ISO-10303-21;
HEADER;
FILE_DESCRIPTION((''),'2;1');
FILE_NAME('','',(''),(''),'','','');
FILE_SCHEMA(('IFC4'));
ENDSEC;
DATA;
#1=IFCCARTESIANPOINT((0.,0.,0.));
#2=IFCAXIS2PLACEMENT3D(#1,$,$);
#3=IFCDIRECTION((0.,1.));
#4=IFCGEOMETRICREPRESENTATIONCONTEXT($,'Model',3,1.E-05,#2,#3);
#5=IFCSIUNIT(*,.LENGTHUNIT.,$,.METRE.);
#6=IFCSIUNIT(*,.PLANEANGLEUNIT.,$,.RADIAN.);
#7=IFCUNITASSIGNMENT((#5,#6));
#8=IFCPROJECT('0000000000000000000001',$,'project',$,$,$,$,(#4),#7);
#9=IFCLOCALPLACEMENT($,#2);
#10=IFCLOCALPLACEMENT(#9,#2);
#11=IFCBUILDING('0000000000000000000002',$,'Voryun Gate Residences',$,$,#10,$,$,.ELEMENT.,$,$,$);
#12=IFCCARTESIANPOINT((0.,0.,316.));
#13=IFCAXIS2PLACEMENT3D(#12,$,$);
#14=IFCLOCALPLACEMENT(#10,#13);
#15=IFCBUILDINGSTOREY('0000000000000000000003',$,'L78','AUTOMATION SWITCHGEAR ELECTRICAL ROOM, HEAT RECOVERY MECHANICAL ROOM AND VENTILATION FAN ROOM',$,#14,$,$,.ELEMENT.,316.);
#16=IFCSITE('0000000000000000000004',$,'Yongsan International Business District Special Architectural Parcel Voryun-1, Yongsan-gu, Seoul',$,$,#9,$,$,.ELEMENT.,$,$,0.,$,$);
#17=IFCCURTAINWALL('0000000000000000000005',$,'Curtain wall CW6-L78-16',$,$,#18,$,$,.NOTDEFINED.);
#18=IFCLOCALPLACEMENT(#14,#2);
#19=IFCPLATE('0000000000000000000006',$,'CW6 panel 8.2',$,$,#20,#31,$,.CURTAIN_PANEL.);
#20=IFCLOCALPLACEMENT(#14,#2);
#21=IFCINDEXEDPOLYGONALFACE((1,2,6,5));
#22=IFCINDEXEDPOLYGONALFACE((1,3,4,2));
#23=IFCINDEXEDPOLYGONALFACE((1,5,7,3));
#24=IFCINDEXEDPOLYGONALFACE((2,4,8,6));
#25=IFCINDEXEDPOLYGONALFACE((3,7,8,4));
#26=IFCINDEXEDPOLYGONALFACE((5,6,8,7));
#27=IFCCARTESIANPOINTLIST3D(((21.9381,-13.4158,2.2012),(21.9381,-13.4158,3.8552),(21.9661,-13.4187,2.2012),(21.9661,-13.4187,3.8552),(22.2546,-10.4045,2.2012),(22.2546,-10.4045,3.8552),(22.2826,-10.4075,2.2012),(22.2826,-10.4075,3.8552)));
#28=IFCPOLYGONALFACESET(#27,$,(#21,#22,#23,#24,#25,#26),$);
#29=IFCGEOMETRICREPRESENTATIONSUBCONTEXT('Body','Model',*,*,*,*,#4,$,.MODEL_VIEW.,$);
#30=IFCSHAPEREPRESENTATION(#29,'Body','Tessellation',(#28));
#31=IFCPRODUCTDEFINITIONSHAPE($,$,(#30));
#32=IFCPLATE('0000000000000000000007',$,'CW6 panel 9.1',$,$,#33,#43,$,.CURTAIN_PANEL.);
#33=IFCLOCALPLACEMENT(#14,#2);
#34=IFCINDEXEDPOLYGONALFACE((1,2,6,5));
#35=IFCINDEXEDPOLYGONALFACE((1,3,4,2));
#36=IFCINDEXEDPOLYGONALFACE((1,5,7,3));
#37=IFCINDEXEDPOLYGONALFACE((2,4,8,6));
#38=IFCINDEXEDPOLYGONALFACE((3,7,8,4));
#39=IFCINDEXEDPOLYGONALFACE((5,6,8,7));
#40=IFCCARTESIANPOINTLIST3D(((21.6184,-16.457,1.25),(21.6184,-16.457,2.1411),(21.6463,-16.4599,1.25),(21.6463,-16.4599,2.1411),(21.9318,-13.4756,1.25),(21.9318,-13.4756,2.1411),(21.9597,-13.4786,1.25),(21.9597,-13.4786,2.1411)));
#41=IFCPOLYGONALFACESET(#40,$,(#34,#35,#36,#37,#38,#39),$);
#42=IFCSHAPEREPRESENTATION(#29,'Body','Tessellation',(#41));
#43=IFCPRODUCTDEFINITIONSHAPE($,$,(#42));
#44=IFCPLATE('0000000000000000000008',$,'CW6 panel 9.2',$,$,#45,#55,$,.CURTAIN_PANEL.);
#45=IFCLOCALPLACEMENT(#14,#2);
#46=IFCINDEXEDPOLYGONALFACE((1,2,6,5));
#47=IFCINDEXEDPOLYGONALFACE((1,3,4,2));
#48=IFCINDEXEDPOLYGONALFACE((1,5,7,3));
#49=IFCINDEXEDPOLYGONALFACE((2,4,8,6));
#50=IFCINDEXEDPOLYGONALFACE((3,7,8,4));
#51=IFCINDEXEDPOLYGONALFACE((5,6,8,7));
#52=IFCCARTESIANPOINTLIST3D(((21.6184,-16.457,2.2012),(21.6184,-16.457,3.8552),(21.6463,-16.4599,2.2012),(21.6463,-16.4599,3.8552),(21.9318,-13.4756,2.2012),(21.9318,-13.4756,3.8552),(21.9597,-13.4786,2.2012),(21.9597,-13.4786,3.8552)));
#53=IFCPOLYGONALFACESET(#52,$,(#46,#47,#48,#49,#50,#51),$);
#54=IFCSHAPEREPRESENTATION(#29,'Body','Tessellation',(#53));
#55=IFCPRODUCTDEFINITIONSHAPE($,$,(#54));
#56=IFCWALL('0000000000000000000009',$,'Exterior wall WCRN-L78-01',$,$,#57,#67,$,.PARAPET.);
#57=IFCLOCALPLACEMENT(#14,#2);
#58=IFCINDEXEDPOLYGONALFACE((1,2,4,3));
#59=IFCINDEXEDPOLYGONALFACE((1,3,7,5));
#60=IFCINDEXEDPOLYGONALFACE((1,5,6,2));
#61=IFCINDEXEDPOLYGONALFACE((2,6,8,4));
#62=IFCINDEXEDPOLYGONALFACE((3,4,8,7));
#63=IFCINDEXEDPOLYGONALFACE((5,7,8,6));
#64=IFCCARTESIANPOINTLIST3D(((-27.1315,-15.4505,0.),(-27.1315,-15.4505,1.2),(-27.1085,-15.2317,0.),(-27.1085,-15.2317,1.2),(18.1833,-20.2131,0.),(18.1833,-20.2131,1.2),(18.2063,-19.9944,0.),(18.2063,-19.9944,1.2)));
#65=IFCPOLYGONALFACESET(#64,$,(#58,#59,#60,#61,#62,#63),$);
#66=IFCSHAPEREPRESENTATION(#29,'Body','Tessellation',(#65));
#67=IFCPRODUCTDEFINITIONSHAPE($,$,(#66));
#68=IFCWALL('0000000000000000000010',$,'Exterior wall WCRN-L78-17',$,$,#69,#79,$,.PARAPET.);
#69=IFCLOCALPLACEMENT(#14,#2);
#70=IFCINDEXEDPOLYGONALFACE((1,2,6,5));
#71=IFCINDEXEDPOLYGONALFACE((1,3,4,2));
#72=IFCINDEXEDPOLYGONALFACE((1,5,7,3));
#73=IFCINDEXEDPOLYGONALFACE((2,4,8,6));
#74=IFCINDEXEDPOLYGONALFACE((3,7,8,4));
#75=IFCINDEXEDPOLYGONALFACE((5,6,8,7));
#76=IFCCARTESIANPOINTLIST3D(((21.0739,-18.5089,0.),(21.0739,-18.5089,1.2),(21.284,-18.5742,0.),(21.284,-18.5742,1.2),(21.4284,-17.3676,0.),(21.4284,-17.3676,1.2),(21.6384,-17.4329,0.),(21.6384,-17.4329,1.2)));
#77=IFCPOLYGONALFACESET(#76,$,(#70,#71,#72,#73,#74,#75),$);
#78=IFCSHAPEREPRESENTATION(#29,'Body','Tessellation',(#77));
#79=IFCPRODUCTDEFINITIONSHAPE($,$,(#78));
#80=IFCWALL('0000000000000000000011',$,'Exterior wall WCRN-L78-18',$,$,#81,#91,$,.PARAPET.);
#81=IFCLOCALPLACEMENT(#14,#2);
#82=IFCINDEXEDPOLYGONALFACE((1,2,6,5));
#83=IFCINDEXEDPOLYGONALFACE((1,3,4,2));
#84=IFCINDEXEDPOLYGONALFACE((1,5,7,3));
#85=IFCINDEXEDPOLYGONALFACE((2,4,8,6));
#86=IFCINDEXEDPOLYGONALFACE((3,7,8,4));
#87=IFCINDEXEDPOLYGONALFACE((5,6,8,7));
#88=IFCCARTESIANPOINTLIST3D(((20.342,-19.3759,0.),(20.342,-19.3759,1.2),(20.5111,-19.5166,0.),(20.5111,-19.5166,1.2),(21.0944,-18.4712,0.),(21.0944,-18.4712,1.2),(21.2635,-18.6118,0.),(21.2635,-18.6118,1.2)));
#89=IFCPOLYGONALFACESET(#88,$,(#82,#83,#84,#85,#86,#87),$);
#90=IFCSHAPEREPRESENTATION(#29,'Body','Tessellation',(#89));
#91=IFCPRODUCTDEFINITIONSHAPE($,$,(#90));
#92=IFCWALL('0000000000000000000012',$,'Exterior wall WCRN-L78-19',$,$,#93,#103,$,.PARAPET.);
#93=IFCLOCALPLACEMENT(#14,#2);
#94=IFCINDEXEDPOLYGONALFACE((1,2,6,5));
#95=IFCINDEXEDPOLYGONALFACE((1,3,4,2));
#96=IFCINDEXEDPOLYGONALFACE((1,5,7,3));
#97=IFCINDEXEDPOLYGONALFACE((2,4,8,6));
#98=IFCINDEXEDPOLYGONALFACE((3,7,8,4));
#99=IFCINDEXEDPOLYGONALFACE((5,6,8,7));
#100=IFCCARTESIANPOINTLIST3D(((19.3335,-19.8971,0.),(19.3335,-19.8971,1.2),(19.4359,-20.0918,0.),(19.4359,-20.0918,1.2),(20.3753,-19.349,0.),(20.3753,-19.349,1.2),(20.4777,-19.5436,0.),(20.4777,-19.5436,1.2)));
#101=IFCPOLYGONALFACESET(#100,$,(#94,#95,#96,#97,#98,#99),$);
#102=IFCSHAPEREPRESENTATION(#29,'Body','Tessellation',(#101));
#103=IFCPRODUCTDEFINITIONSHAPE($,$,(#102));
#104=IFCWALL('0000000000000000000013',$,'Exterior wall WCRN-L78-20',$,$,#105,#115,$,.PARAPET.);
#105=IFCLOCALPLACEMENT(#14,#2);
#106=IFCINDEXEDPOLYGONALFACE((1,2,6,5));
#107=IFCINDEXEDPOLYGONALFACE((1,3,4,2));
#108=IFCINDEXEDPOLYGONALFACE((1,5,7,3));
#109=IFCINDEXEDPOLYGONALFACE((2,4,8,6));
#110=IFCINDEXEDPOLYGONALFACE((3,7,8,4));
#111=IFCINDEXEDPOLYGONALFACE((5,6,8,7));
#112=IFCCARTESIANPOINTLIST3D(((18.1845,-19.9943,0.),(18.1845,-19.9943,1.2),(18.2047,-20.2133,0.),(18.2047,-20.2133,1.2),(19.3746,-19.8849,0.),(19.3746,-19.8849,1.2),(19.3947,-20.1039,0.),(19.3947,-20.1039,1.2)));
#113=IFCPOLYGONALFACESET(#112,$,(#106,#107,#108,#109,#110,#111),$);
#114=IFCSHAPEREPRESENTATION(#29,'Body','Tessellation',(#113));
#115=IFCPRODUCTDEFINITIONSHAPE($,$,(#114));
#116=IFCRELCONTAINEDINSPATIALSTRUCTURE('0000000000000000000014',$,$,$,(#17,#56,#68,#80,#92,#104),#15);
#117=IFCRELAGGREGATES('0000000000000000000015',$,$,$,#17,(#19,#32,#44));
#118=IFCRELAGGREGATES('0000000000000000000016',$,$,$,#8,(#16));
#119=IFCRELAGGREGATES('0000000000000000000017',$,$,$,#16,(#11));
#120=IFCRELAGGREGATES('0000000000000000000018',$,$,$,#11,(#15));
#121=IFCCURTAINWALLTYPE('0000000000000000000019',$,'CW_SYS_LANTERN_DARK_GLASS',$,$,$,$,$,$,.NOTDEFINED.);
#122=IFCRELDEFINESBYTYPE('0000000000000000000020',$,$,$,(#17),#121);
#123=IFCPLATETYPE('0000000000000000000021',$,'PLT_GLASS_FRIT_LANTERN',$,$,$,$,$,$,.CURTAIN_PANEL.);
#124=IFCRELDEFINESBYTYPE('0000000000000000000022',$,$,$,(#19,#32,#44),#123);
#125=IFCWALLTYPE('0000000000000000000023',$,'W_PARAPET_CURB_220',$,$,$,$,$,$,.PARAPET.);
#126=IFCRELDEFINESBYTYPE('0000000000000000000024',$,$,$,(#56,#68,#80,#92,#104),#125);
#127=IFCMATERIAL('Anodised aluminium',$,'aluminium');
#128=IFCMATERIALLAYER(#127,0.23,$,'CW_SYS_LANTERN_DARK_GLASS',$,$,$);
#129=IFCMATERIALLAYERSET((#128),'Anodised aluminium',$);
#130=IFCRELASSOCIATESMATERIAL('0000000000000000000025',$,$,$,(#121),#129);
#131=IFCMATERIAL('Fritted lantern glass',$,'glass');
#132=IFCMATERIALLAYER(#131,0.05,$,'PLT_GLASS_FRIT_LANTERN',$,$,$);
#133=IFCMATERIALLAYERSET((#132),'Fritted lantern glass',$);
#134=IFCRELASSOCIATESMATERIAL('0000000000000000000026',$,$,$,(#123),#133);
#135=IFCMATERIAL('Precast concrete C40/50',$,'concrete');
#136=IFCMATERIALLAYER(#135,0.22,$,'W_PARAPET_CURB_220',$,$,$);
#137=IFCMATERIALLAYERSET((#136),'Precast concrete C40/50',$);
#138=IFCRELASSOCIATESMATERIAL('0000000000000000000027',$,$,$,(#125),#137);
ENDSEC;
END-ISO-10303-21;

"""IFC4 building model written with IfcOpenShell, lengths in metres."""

from ifc_helpers import new_model, si_unit, direction, frame, frame_2d, origin, origin_2d, place, context, subcontext, project, spatial, rectangle, extrude, material, layer, layer_set, type_object, element, aggregate, save


model = new_model("IFC4")

# Units and contexts
model_context = context("Model", 3, precision=1e-05, world=origin(), true_north=direction((0.0, 1.0)))
body_context = subcontext(model_context, "Body", "Model", "MODEL_VIEW")
ifc_project = project(units=[si_unit("LENGTHUNIT", "METRE"), si_unit("PLANEANGLEUNIT", "RADIAN")], contexts=[model_context])

# Site, building, storey
site_placement = place(None, origin())
site = spatial("IfcSite", under=ifc_project, at=site_placement, Name="Yongsan International Business District Special Architectural Parcel Voryun-1, Yongsan-gu, Seoul", CompositionType="ELEMENT", RefElevation=0.0)
building_placement = place(site_placement, origin())
building = spatial("IfcBuilding", under=site, at=building_placement, Name="Voryun Gate Residences", CompositionType="ELEMENT")
storey_placement = place(building_placement, frame((0.0, 0.0, 316.0)))
storey = spatial("IfcBuildingStorey", under=building, at=storey_placement, Name="L78", Description="AUTOMATION SWITCHGEAR ELECTRICAL ROOM, HEAT RECOVERY MECHANICAL ROOM AND VENTILATION FAN ROOM", CompositionType="ELEMENT", Elevation=316.0)

# Shared definitions
ifc_material_1 = material(Name="Anodised aluminium", Category="aluminium")
ifc_layer_1 = layer(ifc_material_1, 0.23, Name="CW_SYS_LANTERN_DARK_GLASS")
ifc_layer_set_1 = layer_set([ifc_layer_1], Name="Anodised aluminium")
curtain_wall_type = type_object("IfcCurtainWallType", Name="CW_SYS_LANTERN_DARK_GLASS", PredefinedType="NOTDEFINED", material=ifc_layer_set_1)

# Curtain wall
curtain_wall_1_placement = place(storey_placement, origin())
curtain_wall_1 = element("IfcCurtainWall", 1, at=curtain_wall_1_placement, inside=storey, type_object=curtain_wall_type, Name="Curtain wall CW6-L78-16", PredefinedType="NOTDEFINED")

# Plates
ifc_material_2 = material(Name="Fritted lantern glass", Category="glass")
ifc_layer_2 = layer(ifc_material_2, 0.05, Name="PLT_GLASS_FRIT_LANTERN")
ifc_layer_set_2 = layer_set([ifc_layer_2], Name="Fritted lantern glass")
plate_type_1 = type_object("IfcPlateType", Name="PLT_GLASS_FRIT_LANTERN", PredefinedType="CURTAIN_PANEL", material=ifc_layer_set_2)
plate_1_placement = place(storey_placement, frame((22.1104, -11.9116, 2.2012), z_axis=(0.0, 0.0, 1.0), x_axis=(-0.104528, -0.994522, 0.0)))
plate_1 = element("IfcPlate", 2, at=plate_1_placement, type_object=plate_type_1, Name="CW6 panel 8.2", PredefinedType="CURTAIN_PANEL", context=body_context, shape_type="SweptSolid", body=[
    extrude(rectangle(XDim=3.0278, YDim=0.0281, at=origin_2d()), origin(), (0.0, 0.0, 1.0), 1.6541),
])
plate_2_placement = place(storey_placement, frame((21.7891, -14.9678, 1.25), z_axis=(0.0, 0.0, 1.0), x_axis=(-0.104528, -0.994522, 0.0)))
plate_2 = element("IfcPlate", 3, at=plate_2_placement, type_object=plate_type_1, Name="CW6 panel 9.1", PredefinedType="CURTAIN_PANEL", context=body_context, shape_type="SweptSolid", body=[
    extrude(rectangle(XDim=2.9978, YDim=0.0281, at=origin_2d()), origin(), (0.0, 0.0, 1.0), 0.8911),
])
plate_3_placement = place(storey_placement, frame((21.7891, -14.9678, 2.2012), z_axis=(0.0, 0.0, 1.0), x_axis=(-0.104528, -0.994522, 0.0)))
plate_3 = element("IfcPlate", 4, at=plate_3_placement, type_object=plate_type_1, Name="CW6 panel 9.2", PredefinedType="CURTAIN_PANEL", context=body_context, shape_type="SweptSolid", body=[
    extrude(rectangle(XDim=2.9978, YDim=0.0281, at=origin_2d()), origin(), (0.0, 0.0, 1.0), 1.6541),
])
aggregate(curtain_wall_1, [plate_1, plate_2, plate_3])

# Walls
ifc_material_3 = material(Name="Precast concrete C40/50", Category="concrete")
ifc_layer_3 = layer(ifc_material_3, 0.22, Name="W_PARAPET_CURB_220")
ifc_layer_set_3 = layer_set([ifc_layer_3], Name="Precast concrete C40/50")
wall_type = type_object("IfcWallType", Name="W_PARAPET_CURB_220", PredefinedType="PARAPET", material=ifc_layer_set_3)
wall_1_placement = place(storey_placement, frame((18.1948, -20.1038, 0.0), z_axis=(0.0, 0.0, 1.0), x_axis=(-0.994522, 0.104526, 0.0)))
element("IfcWall", 5, at=wall_1_placement, inside=storey, type_object=wall_type, Name="Exterior wall WCRN-L78-01", PredefinedType="PARAPET", context=body_context, shape_type="SweptSolid", body=[
    extrude(rectangle(XDim=45.5645, YDim=0.22, at=frame_2d((22.7822, 0.0))), origin(), (0.0, 0.0, 1.0), 1.2),
])
wall_2_placement = place(storey_placement, frame((21.5334, -17.4001, 0.0), z_axis=(0.0, 0.0, 1.0), x_axis=(-0.296611, -0.954998, 0.0)))
element("IfcWall", 6, at=wall_2_placement, inside=storey, type_object=wall_type, Name="Exterior wall WCRN-L78-17", PredefinedType="PARAPET", context=body_context, shape_type="SweptSolid", body=[
    extrude(rectangle(XDim=1.1951, YDim=0.22, at=frame_2d((0.5977, 0.0))), origin(), (0.0, 0.0, 1.0), 1.2),
])
wall_3_placement = place(storey_placement, frame((21.179, -18.5415, 0.0), z_axis=(0.0, 0.0, 1.0), x_axis=(-0.639409, -0.768867, 0.0)))
element("IfcWall", 7, at=wall_3_placement, inside=storey, type_object=wall_type, Name="Exterior wall WCRN-L78-18", PredefinedType="PARAPET", context=body_context, shape_type="SweptSolid", body=[
    extrude(rectangle(XDim=1.1768, YDim=0.22, at=frame_2d((0.5884, 0.0))), origin(), (0.0, 0.0, 1.0), 1.2),
])
wall_4_placement = place(storey_placement, frame((20.4265, -19.4463, 0.0), z_axis=(0.0, 0.0, 1.0), x_axis=(-0.884986, -0.465618, 0.0)))
element("IfcWall", 8, at=wall_4_placement, inside=storey, type_object=wall_type, Name="Exterior wall WCRN-L78-19", PredefinedType="PARAPET", context=body_context, shape_type="SweptSolid", body=[
    extrude(rectangle(XDim=1.1772, YDim=0.22, at=frame_2d((0.5886, 0.0))), origin(), (0.0, 0.0, 1.0), 1.2),
])
wall_5_placement = place(storey_placement, frame((19.3848, -19.9944, 0.0), z_axis=(0.0, 0.0, 1.0), x_axis=(-0.995802, -0.09153, 0.0)))
element("IfcWall", 9, at=wall_5_placement, inside=storey, type_object=wall_type, Name="Exterior wall WCRN-L78-20", PredefinedType="PARAPET", context=body_context, shape_type="SweptSolid", body=[
    extrude(rectangle(XDim=1.1951, YDim=0.22, at=frame_2d((0.5977, 0.0))), origin(), (0.0, 0.0, 1.0), 1.2),
])

save(model, "model.ifc")
